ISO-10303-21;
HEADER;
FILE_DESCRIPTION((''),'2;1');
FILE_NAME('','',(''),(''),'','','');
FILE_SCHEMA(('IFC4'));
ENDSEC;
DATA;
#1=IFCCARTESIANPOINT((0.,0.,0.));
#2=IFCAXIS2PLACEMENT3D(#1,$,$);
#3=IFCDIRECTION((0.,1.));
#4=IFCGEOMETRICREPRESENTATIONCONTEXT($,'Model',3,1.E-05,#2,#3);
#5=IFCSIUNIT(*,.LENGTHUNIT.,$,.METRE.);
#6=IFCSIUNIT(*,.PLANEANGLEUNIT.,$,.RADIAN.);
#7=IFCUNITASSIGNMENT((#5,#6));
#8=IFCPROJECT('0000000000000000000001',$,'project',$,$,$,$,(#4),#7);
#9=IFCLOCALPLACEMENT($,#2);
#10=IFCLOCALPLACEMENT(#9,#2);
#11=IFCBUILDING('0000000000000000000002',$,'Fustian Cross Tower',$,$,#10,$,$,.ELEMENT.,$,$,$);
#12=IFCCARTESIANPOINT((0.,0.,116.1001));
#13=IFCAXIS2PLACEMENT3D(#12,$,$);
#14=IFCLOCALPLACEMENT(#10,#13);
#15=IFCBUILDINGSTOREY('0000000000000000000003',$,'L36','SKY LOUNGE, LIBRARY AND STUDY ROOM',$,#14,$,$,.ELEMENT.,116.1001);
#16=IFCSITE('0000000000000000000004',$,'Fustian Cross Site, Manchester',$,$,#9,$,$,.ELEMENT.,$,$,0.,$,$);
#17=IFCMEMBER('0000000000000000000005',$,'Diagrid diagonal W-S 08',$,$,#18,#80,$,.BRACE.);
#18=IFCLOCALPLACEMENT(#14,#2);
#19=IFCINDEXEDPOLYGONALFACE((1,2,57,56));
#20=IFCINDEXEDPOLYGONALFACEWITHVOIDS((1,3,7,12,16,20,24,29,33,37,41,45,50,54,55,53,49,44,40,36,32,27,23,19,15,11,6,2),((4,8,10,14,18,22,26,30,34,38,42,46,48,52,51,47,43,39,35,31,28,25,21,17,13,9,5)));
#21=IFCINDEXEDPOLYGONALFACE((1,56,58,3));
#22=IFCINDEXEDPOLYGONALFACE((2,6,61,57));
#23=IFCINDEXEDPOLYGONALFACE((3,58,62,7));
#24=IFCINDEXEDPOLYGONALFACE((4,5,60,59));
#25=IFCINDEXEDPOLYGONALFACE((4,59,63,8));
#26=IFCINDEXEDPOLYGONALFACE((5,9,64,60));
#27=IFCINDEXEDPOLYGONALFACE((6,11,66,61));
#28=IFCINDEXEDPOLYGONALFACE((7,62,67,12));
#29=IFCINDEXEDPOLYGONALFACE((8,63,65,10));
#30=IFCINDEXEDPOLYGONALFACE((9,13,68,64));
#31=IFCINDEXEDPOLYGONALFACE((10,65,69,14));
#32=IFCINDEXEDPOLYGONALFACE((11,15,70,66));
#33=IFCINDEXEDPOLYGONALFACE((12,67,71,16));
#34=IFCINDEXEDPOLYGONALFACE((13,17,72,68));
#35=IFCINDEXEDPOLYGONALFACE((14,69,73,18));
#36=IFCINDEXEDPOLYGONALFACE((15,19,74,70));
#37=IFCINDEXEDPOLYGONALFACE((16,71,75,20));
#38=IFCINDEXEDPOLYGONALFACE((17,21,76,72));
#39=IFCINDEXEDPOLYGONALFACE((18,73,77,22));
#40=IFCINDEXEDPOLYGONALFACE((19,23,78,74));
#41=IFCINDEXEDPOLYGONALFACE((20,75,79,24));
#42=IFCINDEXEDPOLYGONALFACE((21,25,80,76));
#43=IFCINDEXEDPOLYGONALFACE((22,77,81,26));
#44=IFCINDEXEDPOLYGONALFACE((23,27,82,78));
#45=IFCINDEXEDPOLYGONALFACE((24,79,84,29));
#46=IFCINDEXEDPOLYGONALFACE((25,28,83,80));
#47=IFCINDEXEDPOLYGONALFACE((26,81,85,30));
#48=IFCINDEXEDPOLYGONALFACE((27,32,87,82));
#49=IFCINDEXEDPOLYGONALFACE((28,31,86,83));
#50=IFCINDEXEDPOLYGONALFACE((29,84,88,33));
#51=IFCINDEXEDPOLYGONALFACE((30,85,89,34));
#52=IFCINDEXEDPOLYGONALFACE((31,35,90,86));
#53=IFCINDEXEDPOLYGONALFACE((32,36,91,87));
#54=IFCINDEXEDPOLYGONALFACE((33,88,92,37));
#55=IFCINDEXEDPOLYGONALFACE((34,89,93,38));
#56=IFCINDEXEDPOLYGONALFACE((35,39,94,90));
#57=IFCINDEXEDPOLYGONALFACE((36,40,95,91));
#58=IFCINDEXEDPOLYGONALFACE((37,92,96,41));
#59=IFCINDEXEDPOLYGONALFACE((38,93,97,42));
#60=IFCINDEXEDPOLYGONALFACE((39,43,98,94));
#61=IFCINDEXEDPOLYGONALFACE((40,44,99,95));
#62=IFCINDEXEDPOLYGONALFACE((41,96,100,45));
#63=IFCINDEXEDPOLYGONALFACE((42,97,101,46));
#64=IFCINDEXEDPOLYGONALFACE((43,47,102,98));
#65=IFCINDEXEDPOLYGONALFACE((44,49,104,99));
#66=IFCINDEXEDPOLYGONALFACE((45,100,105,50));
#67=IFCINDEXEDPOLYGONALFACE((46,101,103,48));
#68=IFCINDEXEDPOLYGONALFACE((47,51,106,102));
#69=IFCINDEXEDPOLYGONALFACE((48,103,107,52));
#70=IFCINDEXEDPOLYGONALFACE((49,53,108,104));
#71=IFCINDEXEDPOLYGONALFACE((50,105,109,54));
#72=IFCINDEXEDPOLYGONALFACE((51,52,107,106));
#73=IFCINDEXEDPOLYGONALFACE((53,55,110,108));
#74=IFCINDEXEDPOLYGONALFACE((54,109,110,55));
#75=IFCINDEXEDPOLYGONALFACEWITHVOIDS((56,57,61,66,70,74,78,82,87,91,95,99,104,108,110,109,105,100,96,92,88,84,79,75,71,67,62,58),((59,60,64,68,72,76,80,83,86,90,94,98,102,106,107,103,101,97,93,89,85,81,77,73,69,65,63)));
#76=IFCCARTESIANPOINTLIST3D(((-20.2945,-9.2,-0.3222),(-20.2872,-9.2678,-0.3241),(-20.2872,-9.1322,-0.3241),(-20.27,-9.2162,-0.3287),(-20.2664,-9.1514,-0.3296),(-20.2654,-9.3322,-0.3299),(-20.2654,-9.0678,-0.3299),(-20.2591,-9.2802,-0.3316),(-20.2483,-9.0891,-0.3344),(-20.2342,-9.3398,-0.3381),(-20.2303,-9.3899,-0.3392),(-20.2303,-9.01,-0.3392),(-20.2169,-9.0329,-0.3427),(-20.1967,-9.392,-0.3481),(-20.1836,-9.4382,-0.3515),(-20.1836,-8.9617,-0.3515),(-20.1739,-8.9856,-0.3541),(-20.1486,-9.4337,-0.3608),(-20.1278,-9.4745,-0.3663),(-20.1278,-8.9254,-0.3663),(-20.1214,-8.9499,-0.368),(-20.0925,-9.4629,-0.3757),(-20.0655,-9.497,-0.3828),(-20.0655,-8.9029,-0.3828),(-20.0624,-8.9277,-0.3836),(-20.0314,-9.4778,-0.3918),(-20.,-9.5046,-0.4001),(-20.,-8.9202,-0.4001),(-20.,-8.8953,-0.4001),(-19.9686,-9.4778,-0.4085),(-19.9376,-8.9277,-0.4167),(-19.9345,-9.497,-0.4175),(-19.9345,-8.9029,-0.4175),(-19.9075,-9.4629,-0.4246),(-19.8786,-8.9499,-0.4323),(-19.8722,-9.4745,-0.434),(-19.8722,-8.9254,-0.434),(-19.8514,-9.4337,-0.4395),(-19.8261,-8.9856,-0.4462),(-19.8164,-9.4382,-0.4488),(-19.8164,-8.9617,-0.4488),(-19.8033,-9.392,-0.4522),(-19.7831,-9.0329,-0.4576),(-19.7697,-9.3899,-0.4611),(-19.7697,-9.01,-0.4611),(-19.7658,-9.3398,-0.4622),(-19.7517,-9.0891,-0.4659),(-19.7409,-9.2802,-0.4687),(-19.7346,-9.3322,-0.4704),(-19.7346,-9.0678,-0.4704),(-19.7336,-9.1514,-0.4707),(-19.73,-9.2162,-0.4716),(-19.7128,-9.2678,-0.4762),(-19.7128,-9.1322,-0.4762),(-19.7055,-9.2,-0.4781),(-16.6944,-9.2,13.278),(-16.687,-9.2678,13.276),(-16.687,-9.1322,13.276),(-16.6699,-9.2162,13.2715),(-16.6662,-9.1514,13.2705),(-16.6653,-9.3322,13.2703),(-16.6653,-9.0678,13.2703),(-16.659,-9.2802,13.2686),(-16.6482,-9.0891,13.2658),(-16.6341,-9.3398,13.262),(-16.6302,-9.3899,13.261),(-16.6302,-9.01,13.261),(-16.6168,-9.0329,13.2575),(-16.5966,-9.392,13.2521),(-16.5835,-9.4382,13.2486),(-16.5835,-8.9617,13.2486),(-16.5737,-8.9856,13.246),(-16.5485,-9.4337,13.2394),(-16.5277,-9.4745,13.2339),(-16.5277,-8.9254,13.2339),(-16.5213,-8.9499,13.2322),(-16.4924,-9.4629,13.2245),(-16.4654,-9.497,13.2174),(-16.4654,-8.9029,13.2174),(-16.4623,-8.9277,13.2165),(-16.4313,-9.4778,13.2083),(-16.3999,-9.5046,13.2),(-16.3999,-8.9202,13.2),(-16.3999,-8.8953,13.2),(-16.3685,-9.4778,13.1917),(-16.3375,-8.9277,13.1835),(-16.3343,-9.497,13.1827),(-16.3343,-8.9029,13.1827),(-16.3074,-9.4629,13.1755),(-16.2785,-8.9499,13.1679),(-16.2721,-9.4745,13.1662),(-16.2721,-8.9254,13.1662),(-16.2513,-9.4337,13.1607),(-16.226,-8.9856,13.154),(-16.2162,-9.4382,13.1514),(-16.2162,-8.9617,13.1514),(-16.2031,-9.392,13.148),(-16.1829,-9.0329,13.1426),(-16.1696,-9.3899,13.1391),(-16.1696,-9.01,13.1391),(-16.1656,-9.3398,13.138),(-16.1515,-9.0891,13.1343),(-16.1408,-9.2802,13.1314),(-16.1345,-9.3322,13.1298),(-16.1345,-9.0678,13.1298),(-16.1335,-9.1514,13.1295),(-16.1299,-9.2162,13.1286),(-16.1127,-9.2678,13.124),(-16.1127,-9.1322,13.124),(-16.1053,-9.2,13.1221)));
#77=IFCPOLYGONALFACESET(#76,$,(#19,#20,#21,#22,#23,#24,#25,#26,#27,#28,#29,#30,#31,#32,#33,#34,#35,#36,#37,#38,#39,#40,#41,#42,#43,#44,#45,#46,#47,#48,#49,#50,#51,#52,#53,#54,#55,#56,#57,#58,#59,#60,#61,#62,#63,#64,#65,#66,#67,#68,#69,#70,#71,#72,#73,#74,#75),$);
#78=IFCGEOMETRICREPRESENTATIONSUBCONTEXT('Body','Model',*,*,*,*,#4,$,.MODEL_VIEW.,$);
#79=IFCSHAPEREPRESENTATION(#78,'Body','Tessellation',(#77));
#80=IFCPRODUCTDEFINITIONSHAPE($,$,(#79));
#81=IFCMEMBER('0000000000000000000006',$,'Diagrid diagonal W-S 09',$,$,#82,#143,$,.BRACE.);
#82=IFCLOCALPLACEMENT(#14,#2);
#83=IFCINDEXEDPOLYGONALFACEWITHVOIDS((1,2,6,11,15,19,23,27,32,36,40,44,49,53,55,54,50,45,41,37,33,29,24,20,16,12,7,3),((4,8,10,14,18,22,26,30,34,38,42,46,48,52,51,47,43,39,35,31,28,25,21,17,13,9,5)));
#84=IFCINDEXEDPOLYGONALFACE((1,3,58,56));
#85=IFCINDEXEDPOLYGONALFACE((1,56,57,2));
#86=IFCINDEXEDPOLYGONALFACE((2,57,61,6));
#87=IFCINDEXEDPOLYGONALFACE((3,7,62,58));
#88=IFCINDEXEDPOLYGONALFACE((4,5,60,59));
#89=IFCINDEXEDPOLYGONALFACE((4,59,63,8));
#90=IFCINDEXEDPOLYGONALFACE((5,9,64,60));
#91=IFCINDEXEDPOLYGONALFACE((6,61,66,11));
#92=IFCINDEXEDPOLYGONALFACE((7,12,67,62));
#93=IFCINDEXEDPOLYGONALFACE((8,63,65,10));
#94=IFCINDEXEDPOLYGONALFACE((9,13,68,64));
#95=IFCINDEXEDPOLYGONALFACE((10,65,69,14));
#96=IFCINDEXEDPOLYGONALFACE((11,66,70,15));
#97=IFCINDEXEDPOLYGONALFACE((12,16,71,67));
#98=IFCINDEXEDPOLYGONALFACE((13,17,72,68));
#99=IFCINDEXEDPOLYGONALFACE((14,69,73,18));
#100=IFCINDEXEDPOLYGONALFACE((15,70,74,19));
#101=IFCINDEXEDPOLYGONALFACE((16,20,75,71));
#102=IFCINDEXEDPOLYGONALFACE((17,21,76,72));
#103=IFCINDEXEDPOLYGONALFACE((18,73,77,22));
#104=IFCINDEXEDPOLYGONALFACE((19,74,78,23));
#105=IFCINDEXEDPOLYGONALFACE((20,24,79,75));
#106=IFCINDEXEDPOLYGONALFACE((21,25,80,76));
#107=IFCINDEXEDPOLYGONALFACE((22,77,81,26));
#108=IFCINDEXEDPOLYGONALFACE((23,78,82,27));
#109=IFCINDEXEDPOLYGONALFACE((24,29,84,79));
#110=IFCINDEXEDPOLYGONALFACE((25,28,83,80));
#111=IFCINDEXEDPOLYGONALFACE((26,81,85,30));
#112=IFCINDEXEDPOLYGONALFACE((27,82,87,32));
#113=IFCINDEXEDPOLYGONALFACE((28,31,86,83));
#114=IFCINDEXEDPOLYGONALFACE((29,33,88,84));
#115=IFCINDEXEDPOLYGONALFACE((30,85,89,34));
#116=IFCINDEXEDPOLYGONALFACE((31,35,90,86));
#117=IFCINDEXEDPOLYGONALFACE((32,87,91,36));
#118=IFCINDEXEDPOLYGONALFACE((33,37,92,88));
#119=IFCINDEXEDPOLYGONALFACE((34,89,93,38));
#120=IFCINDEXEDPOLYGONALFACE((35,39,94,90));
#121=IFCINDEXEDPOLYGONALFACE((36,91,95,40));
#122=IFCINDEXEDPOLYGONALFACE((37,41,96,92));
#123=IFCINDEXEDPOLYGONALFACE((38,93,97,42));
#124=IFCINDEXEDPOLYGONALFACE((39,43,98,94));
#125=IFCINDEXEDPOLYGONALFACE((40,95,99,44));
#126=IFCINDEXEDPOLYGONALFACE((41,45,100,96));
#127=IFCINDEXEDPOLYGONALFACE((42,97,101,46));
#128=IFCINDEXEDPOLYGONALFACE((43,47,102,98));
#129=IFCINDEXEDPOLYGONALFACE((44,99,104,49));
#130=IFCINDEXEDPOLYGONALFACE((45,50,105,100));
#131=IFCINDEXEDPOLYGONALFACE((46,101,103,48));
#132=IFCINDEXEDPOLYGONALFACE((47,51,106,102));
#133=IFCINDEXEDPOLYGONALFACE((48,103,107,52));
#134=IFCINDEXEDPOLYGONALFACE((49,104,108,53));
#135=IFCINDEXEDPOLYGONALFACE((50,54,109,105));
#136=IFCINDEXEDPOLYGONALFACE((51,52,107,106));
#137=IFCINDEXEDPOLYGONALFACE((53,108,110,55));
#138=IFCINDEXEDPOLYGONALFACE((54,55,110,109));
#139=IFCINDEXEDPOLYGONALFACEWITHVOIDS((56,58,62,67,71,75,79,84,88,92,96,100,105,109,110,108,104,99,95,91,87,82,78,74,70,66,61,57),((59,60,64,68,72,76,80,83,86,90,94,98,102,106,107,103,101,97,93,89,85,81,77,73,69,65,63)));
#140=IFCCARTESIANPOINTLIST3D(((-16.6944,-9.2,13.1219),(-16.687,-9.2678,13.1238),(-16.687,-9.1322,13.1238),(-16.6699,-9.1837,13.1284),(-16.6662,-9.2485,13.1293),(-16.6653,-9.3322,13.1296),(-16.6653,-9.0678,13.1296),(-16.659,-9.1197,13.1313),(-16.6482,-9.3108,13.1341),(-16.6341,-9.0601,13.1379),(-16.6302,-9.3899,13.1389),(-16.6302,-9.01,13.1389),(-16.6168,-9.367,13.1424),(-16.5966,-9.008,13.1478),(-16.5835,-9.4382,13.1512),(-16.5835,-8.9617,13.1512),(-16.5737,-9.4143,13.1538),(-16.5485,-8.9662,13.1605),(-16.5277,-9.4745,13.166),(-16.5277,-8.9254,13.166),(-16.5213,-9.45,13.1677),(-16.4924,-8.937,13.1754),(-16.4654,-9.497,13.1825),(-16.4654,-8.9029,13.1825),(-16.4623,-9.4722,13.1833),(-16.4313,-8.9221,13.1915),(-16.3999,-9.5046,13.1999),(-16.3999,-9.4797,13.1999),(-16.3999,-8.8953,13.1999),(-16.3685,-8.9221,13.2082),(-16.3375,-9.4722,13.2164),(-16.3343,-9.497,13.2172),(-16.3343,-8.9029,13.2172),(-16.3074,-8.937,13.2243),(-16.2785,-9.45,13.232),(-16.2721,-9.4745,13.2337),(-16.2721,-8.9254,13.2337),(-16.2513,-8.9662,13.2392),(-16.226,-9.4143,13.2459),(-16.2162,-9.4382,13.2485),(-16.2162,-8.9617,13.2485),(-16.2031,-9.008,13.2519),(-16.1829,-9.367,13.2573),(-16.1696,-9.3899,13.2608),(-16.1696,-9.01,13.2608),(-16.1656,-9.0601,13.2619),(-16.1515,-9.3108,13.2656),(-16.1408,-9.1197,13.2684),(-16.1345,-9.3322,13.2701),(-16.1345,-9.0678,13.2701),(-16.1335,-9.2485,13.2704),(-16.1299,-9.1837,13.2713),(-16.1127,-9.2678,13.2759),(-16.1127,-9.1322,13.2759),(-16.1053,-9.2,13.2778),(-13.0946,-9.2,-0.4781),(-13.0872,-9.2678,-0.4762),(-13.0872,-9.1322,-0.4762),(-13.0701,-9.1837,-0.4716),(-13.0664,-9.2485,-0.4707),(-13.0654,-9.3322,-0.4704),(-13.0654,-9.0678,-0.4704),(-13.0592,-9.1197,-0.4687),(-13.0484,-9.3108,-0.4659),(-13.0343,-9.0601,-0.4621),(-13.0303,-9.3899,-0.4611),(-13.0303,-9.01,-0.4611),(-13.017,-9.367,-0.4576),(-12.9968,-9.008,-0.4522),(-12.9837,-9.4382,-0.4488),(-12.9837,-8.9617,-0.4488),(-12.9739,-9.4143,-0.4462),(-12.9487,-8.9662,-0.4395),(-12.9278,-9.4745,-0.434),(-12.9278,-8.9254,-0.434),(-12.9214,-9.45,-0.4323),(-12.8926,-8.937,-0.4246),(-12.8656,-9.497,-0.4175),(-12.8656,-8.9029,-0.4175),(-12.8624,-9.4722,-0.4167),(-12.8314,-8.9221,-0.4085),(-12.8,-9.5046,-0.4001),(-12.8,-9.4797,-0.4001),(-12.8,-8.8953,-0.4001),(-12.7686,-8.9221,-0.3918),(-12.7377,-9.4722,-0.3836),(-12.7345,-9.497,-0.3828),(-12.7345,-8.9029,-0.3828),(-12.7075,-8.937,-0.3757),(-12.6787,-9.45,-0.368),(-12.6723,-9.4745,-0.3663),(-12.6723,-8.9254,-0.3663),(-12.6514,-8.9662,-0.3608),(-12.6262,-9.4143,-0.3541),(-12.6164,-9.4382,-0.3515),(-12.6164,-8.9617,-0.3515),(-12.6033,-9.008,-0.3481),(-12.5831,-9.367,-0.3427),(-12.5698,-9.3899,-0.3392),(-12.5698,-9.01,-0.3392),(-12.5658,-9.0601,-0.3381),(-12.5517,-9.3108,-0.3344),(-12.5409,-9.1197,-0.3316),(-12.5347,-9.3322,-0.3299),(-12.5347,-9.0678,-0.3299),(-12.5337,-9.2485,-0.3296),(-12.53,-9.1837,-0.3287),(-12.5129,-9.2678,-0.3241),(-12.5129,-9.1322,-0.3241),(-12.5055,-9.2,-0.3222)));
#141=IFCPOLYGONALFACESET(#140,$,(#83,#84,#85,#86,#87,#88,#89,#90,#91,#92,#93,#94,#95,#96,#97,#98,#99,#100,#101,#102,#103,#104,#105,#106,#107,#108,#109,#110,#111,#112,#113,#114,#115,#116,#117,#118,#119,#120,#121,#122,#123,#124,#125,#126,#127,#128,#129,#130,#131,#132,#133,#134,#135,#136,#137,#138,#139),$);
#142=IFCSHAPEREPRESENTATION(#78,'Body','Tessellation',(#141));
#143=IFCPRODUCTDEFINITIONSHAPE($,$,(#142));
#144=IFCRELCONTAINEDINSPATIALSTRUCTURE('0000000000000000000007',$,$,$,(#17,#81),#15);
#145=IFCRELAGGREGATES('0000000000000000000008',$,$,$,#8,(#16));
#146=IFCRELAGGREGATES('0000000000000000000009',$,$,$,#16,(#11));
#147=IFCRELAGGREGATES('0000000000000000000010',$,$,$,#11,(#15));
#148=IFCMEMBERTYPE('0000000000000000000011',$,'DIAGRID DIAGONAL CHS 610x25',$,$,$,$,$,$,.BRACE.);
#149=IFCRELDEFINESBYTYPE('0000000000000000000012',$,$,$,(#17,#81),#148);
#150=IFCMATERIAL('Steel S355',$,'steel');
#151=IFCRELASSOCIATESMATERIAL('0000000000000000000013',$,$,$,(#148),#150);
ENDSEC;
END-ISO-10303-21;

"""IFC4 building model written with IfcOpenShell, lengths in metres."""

from ifc_helpers import new_model, si_unit, direction, frame, origin, origin_2d, place, context, subcontext, project, spatial, hollow_circle, extrude, material, material_profile, profile_set, type_object, element, save


model = new_model("IFC4")

# Units and contexts
model_context = context("Model", 3, precision=1e-05, world=origin(), true_north=direction((0.0, 1.0)))
body_context = subcontext(model_context, "Body", "Model", "MODEL_VIEW")
ifc_project = project(units=[si_unit("LENGTHUNIT", "METRE"), si_unit("PLANEANGLEUNIT", "RADIAN")], contexts=[model_context])

# Site, building, storey
site_placement = place(None, origin())
site = spatial("IfcSite", under=ifc_project, at=site_placement, Name="Fustian Cross Site, Manchester", CompositionType="ELEMENT", RefElevation=0.0)
building_placement = place(site_placement, origin())
building = spatial("IfcBuilding", under=site, at=building_placement, Name="Fustian Cross Tower", CompositionType="ELEMENT")
storey_placement = place(building_placement, frame((0.0, 0.0, 116.1001)))
storey = spatial("IfcBuildingStorey", under=building, at=storey_placement, Name="L36", Description="SKY LOUNGE, LIBRARY AND STUDY ROOM", CompositionType="ELEMENT", Elevation=116.1001)

# Members
ifc_material_1 = material(Name="Steel S355", Category="steel")
ifc_material_profile_1 = material_profile(ifc_material_1, hollow_circle(Radius=0.3047, WallThickness=0.0249, at=origin_2d()), Name="CHS 610x25")
ifc_profile_set_1 = profile_set([ifc_material_profile_1], Name="Steel S355")
member_type_1 = type_object("IfcMemberType", Name="DIAGRID DIAGONAL CHS 610x25", PredefinedType="BRACE", material=ifc_profile_set_1)
for number, where, z_axis, x_axis, name in (
    (1, (-20.0, -9.2, -0.4001), (0.255897, 0.0, 0.966704), (0.0, 1.0, 0.0), "Diagrid diagonal W-S 08"),
):
    element("IfcMember", number, at=place(storey_placement, frame(where, z_axis=z_axis, x_axis=x_axis)), inside=storey, type_object=member_type_1, Name=name, PredefinedType="BRACE", context=body_context, shape_type="SweptSolid", body=[
        extrude(hollow_circle(Radius=0.3047, WallThickness=0.0249, at=origin_2d()), origin(), (0.0, 0.0, 1.0), 14.0686),
    ])
member_1_placement = place(storey_placement, frame((-12.8, -9.2, -0.4001), z_axis=(-0.255881, 0.0, 0.966708), x_axis=(0.0, -1.0, 0.0)))
element("IfcMember", 2, at=member_1_placement, inside=storey, type_object=member_type_1, Name="Diagrid diagonal W-S 09", PredefinedType="BRACE", context=body_context, shape_type="SweptSolid", body=[
    extrude(hollow_circle(Radius=0.3047, WallThickness=0.0249, at=origin_2d()), origin(), (0.0, 0.0, 1.0), 14.0684),
])

save(model, "model.ifc")
